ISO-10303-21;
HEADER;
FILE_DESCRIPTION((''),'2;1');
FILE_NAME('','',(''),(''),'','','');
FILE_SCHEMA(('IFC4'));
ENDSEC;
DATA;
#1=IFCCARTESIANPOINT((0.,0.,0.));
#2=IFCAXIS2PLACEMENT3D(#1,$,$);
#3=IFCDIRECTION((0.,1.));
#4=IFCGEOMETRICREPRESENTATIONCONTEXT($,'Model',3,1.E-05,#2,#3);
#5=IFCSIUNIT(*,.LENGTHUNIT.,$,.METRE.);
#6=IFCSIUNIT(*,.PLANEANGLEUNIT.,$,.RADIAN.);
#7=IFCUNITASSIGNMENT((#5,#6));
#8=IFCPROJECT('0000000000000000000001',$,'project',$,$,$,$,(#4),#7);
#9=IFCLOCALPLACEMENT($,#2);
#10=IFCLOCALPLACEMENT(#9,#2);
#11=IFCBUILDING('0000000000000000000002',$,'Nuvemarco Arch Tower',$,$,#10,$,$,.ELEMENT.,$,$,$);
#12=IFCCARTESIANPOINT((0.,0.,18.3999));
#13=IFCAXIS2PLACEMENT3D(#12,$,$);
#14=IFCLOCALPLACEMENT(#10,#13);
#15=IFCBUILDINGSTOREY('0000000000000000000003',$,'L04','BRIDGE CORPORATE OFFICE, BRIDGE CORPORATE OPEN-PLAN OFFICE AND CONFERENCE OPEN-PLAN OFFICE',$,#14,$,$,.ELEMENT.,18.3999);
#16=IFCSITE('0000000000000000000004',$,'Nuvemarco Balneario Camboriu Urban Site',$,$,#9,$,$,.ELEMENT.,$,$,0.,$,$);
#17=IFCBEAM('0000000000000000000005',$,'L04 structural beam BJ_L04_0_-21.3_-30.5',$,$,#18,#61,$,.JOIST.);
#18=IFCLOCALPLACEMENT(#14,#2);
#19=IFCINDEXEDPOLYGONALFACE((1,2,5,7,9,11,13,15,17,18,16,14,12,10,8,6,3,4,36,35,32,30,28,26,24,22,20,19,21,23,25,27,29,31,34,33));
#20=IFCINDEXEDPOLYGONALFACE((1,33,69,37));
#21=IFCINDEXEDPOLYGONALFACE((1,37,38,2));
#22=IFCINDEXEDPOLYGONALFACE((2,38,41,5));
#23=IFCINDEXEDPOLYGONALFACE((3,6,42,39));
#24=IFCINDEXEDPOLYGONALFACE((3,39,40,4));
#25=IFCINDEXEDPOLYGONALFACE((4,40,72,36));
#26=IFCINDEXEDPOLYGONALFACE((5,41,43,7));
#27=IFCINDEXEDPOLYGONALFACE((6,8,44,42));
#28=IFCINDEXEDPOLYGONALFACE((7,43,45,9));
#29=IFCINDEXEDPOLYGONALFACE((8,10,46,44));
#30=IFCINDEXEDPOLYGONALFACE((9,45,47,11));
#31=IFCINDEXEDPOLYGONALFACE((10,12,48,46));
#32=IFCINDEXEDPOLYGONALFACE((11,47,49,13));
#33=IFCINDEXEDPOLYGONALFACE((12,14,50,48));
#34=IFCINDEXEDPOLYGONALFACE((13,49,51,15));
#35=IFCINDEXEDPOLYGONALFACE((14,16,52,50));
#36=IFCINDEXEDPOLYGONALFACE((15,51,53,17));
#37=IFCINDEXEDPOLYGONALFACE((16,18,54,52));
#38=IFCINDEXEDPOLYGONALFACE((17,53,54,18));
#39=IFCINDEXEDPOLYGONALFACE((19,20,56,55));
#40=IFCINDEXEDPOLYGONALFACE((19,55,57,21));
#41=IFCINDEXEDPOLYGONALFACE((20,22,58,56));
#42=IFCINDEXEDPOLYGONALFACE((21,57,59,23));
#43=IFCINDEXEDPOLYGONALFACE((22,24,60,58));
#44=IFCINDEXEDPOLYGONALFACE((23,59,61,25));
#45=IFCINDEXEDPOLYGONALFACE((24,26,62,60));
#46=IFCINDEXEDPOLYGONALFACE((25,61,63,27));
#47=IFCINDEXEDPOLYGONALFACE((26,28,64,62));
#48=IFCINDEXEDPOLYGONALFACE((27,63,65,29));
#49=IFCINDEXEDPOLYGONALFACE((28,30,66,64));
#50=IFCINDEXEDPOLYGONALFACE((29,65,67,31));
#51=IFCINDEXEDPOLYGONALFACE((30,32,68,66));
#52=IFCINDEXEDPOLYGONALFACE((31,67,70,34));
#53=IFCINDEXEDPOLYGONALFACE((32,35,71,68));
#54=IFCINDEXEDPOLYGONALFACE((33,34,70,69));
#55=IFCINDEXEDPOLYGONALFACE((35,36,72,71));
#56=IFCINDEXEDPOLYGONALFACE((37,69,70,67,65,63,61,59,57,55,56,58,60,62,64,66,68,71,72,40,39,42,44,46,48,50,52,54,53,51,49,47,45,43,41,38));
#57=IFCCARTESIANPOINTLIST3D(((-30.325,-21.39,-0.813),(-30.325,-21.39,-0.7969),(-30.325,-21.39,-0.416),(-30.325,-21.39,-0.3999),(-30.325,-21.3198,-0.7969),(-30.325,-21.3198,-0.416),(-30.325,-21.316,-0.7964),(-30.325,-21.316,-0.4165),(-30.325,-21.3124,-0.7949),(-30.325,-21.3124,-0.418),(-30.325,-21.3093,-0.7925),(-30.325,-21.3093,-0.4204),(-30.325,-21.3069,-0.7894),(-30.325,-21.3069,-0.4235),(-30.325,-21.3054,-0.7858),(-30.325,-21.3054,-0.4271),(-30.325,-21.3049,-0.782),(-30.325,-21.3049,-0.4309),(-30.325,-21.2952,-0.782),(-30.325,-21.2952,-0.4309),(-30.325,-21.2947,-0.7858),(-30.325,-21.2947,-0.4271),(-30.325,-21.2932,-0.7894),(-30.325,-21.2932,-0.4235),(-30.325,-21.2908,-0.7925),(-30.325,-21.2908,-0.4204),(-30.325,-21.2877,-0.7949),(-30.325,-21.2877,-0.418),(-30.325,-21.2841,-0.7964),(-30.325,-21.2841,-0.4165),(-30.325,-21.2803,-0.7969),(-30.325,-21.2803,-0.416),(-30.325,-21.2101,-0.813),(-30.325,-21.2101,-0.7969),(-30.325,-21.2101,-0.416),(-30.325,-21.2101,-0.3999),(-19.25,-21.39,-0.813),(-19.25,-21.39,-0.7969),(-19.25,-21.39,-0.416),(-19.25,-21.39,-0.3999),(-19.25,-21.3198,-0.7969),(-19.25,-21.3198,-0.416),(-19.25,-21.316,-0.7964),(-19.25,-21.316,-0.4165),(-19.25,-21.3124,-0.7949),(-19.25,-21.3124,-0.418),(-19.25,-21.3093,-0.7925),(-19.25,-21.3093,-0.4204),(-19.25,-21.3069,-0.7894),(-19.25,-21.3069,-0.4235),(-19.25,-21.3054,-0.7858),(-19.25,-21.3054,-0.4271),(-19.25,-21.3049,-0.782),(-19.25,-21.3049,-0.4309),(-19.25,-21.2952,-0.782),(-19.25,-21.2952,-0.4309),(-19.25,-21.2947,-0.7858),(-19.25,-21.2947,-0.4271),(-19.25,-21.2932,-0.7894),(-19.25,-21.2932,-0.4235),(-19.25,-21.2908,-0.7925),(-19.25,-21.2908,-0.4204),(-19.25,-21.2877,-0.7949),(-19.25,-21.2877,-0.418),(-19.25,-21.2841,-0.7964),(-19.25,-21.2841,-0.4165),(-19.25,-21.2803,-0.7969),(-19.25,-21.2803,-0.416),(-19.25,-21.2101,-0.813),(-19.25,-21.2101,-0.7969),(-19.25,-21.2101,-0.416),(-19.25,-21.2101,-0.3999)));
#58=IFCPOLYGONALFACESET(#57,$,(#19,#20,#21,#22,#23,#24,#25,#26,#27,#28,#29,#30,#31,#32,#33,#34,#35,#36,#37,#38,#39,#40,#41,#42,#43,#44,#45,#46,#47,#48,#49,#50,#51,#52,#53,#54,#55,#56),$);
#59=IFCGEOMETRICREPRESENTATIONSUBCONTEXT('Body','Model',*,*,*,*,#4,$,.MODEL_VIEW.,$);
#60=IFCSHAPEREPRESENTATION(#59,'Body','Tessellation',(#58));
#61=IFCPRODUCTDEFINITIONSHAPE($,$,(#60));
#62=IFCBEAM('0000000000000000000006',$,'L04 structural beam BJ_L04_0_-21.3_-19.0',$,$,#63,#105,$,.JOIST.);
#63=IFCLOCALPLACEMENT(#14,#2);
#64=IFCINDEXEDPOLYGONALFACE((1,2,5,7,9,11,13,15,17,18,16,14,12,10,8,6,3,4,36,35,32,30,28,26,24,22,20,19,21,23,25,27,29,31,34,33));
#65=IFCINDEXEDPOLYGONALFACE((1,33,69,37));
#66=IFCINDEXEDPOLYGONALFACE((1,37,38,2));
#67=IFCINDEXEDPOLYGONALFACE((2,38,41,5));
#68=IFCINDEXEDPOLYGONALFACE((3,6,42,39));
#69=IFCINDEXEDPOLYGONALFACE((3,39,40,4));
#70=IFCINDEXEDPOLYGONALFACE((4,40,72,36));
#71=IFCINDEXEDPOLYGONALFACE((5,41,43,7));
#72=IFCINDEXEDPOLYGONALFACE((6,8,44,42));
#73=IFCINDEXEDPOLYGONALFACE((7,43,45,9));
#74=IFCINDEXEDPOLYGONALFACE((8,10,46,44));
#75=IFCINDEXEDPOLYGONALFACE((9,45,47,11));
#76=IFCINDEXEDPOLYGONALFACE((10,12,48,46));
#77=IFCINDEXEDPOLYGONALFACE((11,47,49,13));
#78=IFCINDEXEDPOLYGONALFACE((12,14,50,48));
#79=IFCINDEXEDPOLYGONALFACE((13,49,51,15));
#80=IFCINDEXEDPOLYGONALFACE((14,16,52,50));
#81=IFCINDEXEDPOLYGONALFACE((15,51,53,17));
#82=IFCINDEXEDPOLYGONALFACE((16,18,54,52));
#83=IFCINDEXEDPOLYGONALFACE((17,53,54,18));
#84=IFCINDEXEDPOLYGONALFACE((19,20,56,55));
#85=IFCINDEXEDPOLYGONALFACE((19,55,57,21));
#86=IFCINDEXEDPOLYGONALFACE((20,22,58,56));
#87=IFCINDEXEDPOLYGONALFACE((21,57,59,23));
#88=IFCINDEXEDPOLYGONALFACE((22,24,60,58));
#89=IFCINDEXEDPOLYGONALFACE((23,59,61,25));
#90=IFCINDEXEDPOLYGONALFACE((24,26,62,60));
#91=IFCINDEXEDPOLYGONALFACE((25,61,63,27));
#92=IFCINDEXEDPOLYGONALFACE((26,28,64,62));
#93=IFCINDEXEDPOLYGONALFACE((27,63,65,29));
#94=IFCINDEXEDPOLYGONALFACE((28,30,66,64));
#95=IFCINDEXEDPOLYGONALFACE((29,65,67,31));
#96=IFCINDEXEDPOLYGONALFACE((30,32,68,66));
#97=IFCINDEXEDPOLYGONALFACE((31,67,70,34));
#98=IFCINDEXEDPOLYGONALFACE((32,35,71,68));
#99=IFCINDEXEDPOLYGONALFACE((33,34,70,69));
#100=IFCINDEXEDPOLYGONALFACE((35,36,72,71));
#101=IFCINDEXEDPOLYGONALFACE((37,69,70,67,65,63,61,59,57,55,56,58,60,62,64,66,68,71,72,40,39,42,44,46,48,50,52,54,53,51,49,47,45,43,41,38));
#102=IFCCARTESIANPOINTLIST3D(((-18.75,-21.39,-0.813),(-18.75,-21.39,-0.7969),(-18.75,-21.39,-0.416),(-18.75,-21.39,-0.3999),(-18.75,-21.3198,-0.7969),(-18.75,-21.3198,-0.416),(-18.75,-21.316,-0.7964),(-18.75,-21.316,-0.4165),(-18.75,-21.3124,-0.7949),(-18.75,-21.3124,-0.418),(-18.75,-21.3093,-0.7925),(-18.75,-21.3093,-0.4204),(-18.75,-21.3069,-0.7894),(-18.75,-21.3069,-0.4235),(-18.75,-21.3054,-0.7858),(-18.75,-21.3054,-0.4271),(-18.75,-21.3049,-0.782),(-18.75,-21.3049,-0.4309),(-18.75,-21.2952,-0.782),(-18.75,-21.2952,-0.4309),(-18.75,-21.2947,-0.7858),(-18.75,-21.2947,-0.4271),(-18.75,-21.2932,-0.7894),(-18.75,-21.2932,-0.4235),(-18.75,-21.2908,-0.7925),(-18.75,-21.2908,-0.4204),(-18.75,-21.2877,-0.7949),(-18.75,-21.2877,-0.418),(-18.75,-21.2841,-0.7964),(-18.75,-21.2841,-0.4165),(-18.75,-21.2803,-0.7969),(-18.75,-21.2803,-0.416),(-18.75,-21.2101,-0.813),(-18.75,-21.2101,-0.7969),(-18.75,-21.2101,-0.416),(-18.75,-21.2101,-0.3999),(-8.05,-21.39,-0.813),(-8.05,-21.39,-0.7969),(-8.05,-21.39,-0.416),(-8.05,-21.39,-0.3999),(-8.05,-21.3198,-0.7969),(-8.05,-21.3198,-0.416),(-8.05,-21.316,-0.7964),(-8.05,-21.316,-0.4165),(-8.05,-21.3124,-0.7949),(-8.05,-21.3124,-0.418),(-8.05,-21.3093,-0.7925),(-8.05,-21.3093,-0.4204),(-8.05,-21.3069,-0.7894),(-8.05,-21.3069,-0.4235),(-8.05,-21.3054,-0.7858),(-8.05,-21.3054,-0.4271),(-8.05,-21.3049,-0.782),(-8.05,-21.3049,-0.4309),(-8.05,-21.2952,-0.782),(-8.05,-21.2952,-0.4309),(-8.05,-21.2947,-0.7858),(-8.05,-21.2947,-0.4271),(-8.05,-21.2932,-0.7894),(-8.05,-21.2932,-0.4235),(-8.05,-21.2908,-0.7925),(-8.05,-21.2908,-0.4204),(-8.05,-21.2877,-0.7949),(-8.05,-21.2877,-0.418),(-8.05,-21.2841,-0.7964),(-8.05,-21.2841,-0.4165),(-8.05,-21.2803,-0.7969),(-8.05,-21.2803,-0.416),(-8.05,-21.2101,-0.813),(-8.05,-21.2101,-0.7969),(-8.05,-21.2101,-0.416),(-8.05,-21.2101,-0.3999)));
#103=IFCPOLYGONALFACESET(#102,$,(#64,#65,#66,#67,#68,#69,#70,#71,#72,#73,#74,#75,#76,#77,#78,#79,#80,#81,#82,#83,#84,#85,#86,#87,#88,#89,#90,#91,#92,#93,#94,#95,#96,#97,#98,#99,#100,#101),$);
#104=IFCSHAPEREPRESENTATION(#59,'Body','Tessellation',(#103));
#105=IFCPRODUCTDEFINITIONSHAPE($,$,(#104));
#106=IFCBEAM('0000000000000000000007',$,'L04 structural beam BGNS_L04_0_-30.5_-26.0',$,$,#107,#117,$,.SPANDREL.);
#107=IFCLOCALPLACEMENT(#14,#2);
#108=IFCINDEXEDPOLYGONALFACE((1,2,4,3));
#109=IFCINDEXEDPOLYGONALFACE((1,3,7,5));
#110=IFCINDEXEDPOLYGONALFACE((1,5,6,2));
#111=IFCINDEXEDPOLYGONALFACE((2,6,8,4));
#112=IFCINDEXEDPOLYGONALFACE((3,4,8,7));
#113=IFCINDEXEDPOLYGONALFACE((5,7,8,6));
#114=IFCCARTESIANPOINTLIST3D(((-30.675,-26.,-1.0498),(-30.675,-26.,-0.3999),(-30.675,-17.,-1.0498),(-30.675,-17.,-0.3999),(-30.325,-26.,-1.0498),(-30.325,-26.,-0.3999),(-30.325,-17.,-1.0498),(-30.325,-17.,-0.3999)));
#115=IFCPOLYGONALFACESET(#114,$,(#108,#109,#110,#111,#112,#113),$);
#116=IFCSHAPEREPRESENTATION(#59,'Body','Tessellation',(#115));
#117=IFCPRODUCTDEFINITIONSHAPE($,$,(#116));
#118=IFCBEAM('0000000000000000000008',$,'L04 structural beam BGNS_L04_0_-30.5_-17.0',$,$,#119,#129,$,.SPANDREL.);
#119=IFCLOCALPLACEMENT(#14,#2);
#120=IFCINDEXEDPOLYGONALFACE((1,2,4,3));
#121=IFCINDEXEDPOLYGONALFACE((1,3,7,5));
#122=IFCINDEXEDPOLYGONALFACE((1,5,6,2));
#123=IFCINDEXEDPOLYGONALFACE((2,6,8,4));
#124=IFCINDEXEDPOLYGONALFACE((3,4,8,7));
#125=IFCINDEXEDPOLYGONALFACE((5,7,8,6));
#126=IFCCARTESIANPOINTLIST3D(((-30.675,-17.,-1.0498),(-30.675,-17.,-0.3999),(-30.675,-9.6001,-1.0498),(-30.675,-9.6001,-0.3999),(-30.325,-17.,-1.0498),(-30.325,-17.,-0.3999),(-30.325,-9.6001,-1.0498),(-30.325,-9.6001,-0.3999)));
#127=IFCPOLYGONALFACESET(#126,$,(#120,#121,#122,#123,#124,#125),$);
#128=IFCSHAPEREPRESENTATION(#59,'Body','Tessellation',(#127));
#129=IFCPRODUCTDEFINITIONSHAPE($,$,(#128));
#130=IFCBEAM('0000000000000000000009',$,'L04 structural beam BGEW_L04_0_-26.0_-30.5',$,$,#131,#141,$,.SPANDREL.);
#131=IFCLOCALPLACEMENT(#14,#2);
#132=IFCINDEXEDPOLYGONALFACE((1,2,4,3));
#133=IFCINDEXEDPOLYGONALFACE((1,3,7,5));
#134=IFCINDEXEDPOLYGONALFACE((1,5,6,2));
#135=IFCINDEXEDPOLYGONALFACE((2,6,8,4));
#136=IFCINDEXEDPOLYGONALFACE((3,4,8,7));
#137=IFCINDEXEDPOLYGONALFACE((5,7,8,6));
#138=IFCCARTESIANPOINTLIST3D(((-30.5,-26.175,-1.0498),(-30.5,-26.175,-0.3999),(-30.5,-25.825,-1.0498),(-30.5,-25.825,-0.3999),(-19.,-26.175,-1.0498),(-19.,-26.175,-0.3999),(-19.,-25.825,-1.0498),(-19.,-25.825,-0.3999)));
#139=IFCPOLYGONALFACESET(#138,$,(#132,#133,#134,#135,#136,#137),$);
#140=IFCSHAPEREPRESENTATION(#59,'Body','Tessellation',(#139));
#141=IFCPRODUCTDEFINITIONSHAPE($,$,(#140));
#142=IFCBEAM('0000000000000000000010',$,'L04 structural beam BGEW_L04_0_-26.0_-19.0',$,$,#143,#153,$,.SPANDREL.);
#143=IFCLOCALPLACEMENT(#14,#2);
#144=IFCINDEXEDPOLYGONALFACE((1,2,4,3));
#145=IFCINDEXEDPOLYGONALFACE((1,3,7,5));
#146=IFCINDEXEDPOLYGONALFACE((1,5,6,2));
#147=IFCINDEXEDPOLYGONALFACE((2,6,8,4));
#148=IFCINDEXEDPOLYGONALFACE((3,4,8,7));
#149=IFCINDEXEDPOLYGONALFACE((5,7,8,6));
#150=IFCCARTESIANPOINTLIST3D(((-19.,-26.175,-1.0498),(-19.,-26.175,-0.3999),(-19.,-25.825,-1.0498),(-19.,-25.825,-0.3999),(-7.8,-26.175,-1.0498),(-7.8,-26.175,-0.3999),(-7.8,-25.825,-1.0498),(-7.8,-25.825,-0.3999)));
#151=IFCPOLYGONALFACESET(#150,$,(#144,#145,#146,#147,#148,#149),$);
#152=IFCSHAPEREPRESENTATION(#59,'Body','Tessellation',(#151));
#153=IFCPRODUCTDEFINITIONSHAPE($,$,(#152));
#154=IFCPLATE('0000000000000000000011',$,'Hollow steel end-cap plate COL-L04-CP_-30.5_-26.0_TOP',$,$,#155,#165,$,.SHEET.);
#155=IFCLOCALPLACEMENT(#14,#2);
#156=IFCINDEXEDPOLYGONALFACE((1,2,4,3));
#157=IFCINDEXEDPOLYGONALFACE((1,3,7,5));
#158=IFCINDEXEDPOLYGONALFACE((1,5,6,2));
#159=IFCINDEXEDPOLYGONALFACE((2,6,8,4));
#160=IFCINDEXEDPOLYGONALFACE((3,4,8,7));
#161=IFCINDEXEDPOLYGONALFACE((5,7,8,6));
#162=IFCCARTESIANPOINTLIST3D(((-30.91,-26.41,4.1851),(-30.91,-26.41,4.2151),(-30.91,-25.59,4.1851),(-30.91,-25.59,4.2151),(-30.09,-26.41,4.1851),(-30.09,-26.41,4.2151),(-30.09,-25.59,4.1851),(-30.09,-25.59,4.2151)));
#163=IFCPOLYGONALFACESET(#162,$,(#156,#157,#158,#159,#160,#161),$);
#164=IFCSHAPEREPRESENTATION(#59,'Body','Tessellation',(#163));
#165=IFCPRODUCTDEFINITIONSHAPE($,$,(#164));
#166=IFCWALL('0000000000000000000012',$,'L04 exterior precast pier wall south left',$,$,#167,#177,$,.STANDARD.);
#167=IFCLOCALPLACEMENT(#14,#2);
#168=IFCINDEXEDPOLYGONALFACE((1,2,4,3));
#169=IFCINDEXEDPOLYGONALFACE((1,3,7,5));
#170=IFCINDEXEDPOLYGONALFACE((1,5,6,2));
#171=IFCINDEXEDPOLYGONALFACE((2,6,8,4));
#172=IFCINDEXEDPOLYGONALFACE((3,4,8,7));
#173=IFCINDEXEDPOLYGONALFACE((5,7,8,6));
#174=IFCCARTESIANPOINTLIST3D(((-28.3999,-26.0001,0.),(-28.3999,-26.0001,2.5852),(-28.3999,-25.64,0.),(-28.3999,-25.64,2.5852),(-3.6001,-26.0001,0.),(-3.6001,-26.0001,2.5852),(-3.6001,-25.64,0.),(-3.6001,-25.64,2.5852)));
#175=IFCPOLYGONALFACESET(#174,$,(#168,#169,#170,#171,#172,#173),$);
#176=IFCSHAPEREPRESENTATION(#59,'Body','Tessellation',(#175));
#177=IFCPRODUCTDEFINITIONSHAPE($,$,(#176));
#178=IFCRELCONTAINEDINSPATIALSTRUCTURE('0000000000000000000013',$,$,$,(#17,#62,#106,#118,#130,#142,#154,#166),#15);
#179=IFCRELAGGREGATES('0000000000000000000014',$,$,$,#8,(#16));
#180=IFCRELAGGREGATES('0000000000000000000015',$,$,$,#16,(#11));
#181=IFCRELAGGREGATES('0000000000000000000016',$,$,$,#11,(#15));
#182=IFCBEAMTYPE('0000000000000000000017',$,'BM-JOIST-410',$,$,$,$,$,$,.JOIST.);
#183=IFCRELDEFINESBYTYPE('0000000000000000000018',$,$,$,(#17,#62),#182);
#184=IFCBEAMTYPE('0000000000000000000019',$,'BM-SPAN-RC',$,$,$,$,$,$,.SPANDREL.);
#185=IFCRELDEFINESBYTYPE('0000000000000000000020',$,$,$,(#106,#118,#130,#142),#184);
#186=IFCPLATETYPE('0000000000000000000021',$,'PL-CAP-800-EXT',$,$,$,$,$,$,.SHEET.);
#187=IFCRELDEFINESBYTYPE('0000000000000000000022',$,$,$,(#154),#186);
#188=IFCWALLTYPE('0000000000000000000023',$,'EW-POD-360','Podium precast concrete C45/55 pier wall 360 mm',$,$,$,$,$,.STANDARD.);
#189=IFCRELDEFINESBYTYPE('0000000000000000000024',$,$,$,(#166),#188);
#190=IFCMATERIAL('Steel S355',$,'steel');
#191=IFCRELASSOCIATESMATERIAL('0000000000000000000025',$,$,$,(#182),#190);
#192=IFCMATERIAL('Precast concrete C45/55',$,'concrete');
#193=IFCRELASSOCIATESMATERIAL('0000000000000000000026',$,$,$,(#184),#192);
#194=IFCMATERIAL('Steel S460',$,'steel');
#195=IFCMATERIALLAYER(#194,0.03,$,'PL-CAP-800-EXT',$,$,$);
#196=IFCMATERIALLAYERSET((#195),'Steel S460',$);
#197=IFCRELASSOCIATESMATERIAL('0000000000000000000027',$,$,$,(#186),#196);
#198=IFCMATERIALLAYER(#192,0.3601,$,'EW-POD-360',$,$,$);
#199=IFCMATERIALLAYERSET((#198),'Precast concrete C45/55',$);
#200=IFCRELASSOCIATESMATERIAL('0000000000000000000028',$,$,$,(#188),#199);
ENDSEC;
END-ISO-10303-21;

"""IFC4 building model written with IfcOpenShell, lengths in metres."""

from ifc_helpers import new_model, si_unit, direction, frame, frame_2d, origin, origin_2d, place, context, subcontext, project, spatial, rectangle, i_section, extrude, source, transform, mapped, material, layer, layer_set, material_profile, profile_set, type_object, type_shapes, element, save


model = new_model("IFC4")

# Units and contexts
model_context = context("Model", 3, precision=1e-05, world=origin(), true_north=direction((0.0, 1.0)))
body_context = subcontext(model_context, "Body", "Model", "MODEL_VIEW")
ifc_project = project(units=[si_unit("LENGTHUNIT", "METRE"), si_unit("PLANEANGLEUNIT", "RADIAN")], contexts=[model_context])

# Site, building, storey
site_placement = place(None, origin())
site = spatial("IfcSite", under=ifc_project, at=site_placement, Name="Nuvemarco Balneario Camboriu Urban Site", CompositionType="ELEMENT", RefElevation=0.0)
building_placement = place(site_placement, origin())
building = spatial("IfcBuilding", under=site, at=building_placement, Name="Nuvemarco Arch Tower", CompositionType="ELEMENT")
storey_placement = place(building_placement, frame((0.0, 0.0, 18.3999)))
storey = spatial("IfcBuildingStorey", under=building, at=storey_placement, Name="L04", Description="BRIDGE CORPORATE OFFICE, BRIDGE CORPORATE OPEN-PLAN OFFICE AND CONFERENCE OPEN-PLAN OFFICE", CompositionType="ELEMENT", Elevation=18.3999)

# Shared definitions
ifc_material_1 = material(Name="Steel S460", Category="steel")

# Beams
ifc_material_2 = material(Name="Steel S355", Category="steel")
ifc_material_profile_1 = material_profile(ifc_material_2, i_section(OverallWidth=0.1799, OverallDepth=0.4131, WebThickness=0.0098, FlangeThickness=0.0161, FilletRadius=0.0149, at=origin_2d()), Name="W410x75")
ifc_profile_set_1 = profile_set([ifc_material_profile_1], Name="Steel S355")
beam_type_1 = type_object("IfcBeamType", Name="BM-JOIST-410", PredefinedType="JOIST", material=ifc_profile_set_1)
beam_1_placement = place(storey_placement, frame((-30.325, -21.3, -0.6064), z_axis=(1.0, 0.0, 0.0), x_axis=(0.0, 1.0, 0.0)))
element("IfcBeam", 1, at=beam_1_placement, inside=storey, type_object=beam_type_1, Name="L04 structural beam BJ_L04_0_-21.3_-30.5", PredefinedType="JOIST", context=body_context, shape_type="SweptSolid", body=[
    extrude(i_section(OverallWidth=0.1799, OverallDepth=0.4131, WebThickness=0.0098, FlangeThickness=0.0161, FilletRadius=0.0149, at=origin_2d()), origin(), (0.0, 0.0, 1.0), 11.075),
])
beam_2_placement = place(storey_placement, frame((-18.75, -21.3, -0.6064), z_axis=(1.0, 0.0, 0.0), x_axis=(0.0, 1.0, 0.0)))
element("IfcBeam", 2, at=beam_2_placement, inside=storey, type_object=beam_type_1, Name="L04 structural beam BJ_L04_0_-21.3_-19.0", PredefinedType="JOIST", context=body_context, shape_type="SweptSolid", body=[
    extrude(i_section(OverallWidth=0.1799, OverallDepth=0.4131, WebThickness=0.0098, FlangeThickness=0.0161, FilletRadius=0.0149, at=origin_2d()), origin(), (0.0, 0.0, 1.0), 10.7),
])
ifc_material_3 = material(Name="Precast concrete C45/55", Category="concrete")
ifc_material_profile_2 = material_profile(ifc_material_3, rectangle(XDim=0.3501, YDim=0.6499, at=origin_2d()), Name="PC-SP-350x650")
ifc_profile_set_2 = profile_set([ifc_material_profile_2], Name="Precast concrete C45/55")
beam_type_2 = type_object("IfcBeamType", Name="BM-SPAN-RC", PredefinedType="SPANDREL", material=ifc_profile_set_2)
beam_3_placement = place(storey_placement, frame((-30.5, -26.0, -0.7249), z_axis=(0.0, 1.0, 0.0), x_axis=(-1.0, 0.0, 0.0)))
element("IfcBeam", 3, at=beam_3_placement, inside=storey, type_object=beam_type_2, Name="L04 structural beam BGNS_L04_0_-30.5_-26.0", PredefinedType="SPANDREL", context=body_context, shape_type="SweptSolid", body=[
    extrude(rectangle(XDim=0.3501, YDim=0.6499, at=origin_2d()), origin(), (0.0, 0.0, 1.0), 9.0),
])
beam_4_placement = place(storey_placement, frame((-30.5, -17.0, -0.7249), z_axis=(0.0, 1.0, 0.0), x_axis=(-1.0, 0.0, 0.0)))
element("IfcBeam", 4, at=beam_4_placement, inside=storey, type_object=beam_type_2, Name="L04 structural beam BGNS_L04_0_-30.5_-17.0", PredefinedType="SPANDREL", context=body_context, shape_type="SweptSolid", body=[
    extrude(rectangle(XDim=0.3501, YDim=0.6499, at=origin_2d()), origin(), (0.0, 0.0, 1.0), 7.3999),
])
beam_5_placement = place(storey_placement, frame((-30.5, -26.0, -0.7249), z_axis=(1.0, 0.0, 0.0), x_axis=(0.0, 1.0, 0.0)))
element("IfcBeam", 5, at=beam_5_placement, inside=storey, type_object=beam_type_2, Name="L04 structural beam BGEW_L04_0_-26.0_-30.5", PredefinedType="SPANDREL", context=body_context, shape_type="SweptSolid", body=[
    extrude(rectangle(XDim=0.3501, YDim=0.6499, at=origin_2d()), origin(), (0.0, 0.0, 1.0), 11.5),
])
beam_6_placement = place(storey_placement, frame((-19.0, -26.0, -0.7249), z_axis=(1.0, 0.0, 0.0), x_axis=(0.0, 1.0, 0.0)))
element("IfcBeam", 6, at=beam_6_placement, inside=storey, type_object=beam_type_2, Name="L04 structural beam BGEW_L04_0_-26.0_-19.0", PredefinedType="SPANDREL", context=body_context, shape_type="SweptSolid", body=[
    extrude(rectangle(XDim=0.3501, YDim=0.6499, at=origin_2d()), origin(), (0.0, 0.0, 1.0), 11.2),
])

# Plate
ifc_layer_1 = layer(ifc_material_1, 0.03, Name="PL-CAP-800-EXT")
ifc_layer_set_1 = layer_set([ifc_layer_1], Name="Steel S460")
plate_type = type_object("IfcPlateType", Name="PL-CAP-800-EXT", PredefinedType="SHEET", material=ifc_layer_set_1)
shared_shape_1 = source(origin(), body_context, "Body", "SweptSolid", [
    extrude(rectangle(XDim=0.8201, YDim=0.8201, at=origin_2d()), origin(), (0.0, 0.0, 1.0), 0.03),
])
type_shapes(plate_type, [shared_shape_1])
plate_placement = place(storey_placement, frame((-30.5, -26.0, 4.1851), z_axis=(0.0, 0.0, 1.0), x_axis=(1.0, 0.0, 0.0)))
element("IfcPlate", 7, at=plate_placement, inside=storey, type_object=plate_type, Name="Hollow steel end-cap plate COL-L04-CP_-30.5_-26.0_TOP", PredefinedType="SHEET", context=body_context, shape_type="MappedRepresentation", body=[
    mapped(shared_shape_1, transform((0.0, 0.0, 0.0), scale=1.0)),
])

# Wall
ifc_layer_2 = layer(ifc_material_3, 0.3601, Name="EW-POD-360")
ifc_layer_set_2 = layer_set([ifc_layer_2], Name="Precast concrete C45/55")
wall_type_1 = type_object("IfcWallType", Name="EW-POD-360", Description="Podium precast concrete C45/55 pier wall 360 mm", PredefinedType="STANDARD", material=ifc_layer_set_2)
wall_1_placement = place(storey_placement, frame((-28.3999, -25.8201, 0.0), z_axis=(0.0, 0.0, 1.0), x_axis=(1.0, 0.0, 0.0)))
element("IfcWall", 8, at=wall_1_placement, inside=storey, type_object=wall_type_1, Name="L04 exterior precast pier wall south left", PredefinedType="STANDARD", context=body_context, shape_type="SweptSolid", body=[
    extrude(rectangle(XDim=24.7998, YDim=0.3601, at=frame_2d((12.3999, 0.0))), origin(), (0.0, 0.0, 1.0), 2.5852),
])

save(model, "model.ifc")
